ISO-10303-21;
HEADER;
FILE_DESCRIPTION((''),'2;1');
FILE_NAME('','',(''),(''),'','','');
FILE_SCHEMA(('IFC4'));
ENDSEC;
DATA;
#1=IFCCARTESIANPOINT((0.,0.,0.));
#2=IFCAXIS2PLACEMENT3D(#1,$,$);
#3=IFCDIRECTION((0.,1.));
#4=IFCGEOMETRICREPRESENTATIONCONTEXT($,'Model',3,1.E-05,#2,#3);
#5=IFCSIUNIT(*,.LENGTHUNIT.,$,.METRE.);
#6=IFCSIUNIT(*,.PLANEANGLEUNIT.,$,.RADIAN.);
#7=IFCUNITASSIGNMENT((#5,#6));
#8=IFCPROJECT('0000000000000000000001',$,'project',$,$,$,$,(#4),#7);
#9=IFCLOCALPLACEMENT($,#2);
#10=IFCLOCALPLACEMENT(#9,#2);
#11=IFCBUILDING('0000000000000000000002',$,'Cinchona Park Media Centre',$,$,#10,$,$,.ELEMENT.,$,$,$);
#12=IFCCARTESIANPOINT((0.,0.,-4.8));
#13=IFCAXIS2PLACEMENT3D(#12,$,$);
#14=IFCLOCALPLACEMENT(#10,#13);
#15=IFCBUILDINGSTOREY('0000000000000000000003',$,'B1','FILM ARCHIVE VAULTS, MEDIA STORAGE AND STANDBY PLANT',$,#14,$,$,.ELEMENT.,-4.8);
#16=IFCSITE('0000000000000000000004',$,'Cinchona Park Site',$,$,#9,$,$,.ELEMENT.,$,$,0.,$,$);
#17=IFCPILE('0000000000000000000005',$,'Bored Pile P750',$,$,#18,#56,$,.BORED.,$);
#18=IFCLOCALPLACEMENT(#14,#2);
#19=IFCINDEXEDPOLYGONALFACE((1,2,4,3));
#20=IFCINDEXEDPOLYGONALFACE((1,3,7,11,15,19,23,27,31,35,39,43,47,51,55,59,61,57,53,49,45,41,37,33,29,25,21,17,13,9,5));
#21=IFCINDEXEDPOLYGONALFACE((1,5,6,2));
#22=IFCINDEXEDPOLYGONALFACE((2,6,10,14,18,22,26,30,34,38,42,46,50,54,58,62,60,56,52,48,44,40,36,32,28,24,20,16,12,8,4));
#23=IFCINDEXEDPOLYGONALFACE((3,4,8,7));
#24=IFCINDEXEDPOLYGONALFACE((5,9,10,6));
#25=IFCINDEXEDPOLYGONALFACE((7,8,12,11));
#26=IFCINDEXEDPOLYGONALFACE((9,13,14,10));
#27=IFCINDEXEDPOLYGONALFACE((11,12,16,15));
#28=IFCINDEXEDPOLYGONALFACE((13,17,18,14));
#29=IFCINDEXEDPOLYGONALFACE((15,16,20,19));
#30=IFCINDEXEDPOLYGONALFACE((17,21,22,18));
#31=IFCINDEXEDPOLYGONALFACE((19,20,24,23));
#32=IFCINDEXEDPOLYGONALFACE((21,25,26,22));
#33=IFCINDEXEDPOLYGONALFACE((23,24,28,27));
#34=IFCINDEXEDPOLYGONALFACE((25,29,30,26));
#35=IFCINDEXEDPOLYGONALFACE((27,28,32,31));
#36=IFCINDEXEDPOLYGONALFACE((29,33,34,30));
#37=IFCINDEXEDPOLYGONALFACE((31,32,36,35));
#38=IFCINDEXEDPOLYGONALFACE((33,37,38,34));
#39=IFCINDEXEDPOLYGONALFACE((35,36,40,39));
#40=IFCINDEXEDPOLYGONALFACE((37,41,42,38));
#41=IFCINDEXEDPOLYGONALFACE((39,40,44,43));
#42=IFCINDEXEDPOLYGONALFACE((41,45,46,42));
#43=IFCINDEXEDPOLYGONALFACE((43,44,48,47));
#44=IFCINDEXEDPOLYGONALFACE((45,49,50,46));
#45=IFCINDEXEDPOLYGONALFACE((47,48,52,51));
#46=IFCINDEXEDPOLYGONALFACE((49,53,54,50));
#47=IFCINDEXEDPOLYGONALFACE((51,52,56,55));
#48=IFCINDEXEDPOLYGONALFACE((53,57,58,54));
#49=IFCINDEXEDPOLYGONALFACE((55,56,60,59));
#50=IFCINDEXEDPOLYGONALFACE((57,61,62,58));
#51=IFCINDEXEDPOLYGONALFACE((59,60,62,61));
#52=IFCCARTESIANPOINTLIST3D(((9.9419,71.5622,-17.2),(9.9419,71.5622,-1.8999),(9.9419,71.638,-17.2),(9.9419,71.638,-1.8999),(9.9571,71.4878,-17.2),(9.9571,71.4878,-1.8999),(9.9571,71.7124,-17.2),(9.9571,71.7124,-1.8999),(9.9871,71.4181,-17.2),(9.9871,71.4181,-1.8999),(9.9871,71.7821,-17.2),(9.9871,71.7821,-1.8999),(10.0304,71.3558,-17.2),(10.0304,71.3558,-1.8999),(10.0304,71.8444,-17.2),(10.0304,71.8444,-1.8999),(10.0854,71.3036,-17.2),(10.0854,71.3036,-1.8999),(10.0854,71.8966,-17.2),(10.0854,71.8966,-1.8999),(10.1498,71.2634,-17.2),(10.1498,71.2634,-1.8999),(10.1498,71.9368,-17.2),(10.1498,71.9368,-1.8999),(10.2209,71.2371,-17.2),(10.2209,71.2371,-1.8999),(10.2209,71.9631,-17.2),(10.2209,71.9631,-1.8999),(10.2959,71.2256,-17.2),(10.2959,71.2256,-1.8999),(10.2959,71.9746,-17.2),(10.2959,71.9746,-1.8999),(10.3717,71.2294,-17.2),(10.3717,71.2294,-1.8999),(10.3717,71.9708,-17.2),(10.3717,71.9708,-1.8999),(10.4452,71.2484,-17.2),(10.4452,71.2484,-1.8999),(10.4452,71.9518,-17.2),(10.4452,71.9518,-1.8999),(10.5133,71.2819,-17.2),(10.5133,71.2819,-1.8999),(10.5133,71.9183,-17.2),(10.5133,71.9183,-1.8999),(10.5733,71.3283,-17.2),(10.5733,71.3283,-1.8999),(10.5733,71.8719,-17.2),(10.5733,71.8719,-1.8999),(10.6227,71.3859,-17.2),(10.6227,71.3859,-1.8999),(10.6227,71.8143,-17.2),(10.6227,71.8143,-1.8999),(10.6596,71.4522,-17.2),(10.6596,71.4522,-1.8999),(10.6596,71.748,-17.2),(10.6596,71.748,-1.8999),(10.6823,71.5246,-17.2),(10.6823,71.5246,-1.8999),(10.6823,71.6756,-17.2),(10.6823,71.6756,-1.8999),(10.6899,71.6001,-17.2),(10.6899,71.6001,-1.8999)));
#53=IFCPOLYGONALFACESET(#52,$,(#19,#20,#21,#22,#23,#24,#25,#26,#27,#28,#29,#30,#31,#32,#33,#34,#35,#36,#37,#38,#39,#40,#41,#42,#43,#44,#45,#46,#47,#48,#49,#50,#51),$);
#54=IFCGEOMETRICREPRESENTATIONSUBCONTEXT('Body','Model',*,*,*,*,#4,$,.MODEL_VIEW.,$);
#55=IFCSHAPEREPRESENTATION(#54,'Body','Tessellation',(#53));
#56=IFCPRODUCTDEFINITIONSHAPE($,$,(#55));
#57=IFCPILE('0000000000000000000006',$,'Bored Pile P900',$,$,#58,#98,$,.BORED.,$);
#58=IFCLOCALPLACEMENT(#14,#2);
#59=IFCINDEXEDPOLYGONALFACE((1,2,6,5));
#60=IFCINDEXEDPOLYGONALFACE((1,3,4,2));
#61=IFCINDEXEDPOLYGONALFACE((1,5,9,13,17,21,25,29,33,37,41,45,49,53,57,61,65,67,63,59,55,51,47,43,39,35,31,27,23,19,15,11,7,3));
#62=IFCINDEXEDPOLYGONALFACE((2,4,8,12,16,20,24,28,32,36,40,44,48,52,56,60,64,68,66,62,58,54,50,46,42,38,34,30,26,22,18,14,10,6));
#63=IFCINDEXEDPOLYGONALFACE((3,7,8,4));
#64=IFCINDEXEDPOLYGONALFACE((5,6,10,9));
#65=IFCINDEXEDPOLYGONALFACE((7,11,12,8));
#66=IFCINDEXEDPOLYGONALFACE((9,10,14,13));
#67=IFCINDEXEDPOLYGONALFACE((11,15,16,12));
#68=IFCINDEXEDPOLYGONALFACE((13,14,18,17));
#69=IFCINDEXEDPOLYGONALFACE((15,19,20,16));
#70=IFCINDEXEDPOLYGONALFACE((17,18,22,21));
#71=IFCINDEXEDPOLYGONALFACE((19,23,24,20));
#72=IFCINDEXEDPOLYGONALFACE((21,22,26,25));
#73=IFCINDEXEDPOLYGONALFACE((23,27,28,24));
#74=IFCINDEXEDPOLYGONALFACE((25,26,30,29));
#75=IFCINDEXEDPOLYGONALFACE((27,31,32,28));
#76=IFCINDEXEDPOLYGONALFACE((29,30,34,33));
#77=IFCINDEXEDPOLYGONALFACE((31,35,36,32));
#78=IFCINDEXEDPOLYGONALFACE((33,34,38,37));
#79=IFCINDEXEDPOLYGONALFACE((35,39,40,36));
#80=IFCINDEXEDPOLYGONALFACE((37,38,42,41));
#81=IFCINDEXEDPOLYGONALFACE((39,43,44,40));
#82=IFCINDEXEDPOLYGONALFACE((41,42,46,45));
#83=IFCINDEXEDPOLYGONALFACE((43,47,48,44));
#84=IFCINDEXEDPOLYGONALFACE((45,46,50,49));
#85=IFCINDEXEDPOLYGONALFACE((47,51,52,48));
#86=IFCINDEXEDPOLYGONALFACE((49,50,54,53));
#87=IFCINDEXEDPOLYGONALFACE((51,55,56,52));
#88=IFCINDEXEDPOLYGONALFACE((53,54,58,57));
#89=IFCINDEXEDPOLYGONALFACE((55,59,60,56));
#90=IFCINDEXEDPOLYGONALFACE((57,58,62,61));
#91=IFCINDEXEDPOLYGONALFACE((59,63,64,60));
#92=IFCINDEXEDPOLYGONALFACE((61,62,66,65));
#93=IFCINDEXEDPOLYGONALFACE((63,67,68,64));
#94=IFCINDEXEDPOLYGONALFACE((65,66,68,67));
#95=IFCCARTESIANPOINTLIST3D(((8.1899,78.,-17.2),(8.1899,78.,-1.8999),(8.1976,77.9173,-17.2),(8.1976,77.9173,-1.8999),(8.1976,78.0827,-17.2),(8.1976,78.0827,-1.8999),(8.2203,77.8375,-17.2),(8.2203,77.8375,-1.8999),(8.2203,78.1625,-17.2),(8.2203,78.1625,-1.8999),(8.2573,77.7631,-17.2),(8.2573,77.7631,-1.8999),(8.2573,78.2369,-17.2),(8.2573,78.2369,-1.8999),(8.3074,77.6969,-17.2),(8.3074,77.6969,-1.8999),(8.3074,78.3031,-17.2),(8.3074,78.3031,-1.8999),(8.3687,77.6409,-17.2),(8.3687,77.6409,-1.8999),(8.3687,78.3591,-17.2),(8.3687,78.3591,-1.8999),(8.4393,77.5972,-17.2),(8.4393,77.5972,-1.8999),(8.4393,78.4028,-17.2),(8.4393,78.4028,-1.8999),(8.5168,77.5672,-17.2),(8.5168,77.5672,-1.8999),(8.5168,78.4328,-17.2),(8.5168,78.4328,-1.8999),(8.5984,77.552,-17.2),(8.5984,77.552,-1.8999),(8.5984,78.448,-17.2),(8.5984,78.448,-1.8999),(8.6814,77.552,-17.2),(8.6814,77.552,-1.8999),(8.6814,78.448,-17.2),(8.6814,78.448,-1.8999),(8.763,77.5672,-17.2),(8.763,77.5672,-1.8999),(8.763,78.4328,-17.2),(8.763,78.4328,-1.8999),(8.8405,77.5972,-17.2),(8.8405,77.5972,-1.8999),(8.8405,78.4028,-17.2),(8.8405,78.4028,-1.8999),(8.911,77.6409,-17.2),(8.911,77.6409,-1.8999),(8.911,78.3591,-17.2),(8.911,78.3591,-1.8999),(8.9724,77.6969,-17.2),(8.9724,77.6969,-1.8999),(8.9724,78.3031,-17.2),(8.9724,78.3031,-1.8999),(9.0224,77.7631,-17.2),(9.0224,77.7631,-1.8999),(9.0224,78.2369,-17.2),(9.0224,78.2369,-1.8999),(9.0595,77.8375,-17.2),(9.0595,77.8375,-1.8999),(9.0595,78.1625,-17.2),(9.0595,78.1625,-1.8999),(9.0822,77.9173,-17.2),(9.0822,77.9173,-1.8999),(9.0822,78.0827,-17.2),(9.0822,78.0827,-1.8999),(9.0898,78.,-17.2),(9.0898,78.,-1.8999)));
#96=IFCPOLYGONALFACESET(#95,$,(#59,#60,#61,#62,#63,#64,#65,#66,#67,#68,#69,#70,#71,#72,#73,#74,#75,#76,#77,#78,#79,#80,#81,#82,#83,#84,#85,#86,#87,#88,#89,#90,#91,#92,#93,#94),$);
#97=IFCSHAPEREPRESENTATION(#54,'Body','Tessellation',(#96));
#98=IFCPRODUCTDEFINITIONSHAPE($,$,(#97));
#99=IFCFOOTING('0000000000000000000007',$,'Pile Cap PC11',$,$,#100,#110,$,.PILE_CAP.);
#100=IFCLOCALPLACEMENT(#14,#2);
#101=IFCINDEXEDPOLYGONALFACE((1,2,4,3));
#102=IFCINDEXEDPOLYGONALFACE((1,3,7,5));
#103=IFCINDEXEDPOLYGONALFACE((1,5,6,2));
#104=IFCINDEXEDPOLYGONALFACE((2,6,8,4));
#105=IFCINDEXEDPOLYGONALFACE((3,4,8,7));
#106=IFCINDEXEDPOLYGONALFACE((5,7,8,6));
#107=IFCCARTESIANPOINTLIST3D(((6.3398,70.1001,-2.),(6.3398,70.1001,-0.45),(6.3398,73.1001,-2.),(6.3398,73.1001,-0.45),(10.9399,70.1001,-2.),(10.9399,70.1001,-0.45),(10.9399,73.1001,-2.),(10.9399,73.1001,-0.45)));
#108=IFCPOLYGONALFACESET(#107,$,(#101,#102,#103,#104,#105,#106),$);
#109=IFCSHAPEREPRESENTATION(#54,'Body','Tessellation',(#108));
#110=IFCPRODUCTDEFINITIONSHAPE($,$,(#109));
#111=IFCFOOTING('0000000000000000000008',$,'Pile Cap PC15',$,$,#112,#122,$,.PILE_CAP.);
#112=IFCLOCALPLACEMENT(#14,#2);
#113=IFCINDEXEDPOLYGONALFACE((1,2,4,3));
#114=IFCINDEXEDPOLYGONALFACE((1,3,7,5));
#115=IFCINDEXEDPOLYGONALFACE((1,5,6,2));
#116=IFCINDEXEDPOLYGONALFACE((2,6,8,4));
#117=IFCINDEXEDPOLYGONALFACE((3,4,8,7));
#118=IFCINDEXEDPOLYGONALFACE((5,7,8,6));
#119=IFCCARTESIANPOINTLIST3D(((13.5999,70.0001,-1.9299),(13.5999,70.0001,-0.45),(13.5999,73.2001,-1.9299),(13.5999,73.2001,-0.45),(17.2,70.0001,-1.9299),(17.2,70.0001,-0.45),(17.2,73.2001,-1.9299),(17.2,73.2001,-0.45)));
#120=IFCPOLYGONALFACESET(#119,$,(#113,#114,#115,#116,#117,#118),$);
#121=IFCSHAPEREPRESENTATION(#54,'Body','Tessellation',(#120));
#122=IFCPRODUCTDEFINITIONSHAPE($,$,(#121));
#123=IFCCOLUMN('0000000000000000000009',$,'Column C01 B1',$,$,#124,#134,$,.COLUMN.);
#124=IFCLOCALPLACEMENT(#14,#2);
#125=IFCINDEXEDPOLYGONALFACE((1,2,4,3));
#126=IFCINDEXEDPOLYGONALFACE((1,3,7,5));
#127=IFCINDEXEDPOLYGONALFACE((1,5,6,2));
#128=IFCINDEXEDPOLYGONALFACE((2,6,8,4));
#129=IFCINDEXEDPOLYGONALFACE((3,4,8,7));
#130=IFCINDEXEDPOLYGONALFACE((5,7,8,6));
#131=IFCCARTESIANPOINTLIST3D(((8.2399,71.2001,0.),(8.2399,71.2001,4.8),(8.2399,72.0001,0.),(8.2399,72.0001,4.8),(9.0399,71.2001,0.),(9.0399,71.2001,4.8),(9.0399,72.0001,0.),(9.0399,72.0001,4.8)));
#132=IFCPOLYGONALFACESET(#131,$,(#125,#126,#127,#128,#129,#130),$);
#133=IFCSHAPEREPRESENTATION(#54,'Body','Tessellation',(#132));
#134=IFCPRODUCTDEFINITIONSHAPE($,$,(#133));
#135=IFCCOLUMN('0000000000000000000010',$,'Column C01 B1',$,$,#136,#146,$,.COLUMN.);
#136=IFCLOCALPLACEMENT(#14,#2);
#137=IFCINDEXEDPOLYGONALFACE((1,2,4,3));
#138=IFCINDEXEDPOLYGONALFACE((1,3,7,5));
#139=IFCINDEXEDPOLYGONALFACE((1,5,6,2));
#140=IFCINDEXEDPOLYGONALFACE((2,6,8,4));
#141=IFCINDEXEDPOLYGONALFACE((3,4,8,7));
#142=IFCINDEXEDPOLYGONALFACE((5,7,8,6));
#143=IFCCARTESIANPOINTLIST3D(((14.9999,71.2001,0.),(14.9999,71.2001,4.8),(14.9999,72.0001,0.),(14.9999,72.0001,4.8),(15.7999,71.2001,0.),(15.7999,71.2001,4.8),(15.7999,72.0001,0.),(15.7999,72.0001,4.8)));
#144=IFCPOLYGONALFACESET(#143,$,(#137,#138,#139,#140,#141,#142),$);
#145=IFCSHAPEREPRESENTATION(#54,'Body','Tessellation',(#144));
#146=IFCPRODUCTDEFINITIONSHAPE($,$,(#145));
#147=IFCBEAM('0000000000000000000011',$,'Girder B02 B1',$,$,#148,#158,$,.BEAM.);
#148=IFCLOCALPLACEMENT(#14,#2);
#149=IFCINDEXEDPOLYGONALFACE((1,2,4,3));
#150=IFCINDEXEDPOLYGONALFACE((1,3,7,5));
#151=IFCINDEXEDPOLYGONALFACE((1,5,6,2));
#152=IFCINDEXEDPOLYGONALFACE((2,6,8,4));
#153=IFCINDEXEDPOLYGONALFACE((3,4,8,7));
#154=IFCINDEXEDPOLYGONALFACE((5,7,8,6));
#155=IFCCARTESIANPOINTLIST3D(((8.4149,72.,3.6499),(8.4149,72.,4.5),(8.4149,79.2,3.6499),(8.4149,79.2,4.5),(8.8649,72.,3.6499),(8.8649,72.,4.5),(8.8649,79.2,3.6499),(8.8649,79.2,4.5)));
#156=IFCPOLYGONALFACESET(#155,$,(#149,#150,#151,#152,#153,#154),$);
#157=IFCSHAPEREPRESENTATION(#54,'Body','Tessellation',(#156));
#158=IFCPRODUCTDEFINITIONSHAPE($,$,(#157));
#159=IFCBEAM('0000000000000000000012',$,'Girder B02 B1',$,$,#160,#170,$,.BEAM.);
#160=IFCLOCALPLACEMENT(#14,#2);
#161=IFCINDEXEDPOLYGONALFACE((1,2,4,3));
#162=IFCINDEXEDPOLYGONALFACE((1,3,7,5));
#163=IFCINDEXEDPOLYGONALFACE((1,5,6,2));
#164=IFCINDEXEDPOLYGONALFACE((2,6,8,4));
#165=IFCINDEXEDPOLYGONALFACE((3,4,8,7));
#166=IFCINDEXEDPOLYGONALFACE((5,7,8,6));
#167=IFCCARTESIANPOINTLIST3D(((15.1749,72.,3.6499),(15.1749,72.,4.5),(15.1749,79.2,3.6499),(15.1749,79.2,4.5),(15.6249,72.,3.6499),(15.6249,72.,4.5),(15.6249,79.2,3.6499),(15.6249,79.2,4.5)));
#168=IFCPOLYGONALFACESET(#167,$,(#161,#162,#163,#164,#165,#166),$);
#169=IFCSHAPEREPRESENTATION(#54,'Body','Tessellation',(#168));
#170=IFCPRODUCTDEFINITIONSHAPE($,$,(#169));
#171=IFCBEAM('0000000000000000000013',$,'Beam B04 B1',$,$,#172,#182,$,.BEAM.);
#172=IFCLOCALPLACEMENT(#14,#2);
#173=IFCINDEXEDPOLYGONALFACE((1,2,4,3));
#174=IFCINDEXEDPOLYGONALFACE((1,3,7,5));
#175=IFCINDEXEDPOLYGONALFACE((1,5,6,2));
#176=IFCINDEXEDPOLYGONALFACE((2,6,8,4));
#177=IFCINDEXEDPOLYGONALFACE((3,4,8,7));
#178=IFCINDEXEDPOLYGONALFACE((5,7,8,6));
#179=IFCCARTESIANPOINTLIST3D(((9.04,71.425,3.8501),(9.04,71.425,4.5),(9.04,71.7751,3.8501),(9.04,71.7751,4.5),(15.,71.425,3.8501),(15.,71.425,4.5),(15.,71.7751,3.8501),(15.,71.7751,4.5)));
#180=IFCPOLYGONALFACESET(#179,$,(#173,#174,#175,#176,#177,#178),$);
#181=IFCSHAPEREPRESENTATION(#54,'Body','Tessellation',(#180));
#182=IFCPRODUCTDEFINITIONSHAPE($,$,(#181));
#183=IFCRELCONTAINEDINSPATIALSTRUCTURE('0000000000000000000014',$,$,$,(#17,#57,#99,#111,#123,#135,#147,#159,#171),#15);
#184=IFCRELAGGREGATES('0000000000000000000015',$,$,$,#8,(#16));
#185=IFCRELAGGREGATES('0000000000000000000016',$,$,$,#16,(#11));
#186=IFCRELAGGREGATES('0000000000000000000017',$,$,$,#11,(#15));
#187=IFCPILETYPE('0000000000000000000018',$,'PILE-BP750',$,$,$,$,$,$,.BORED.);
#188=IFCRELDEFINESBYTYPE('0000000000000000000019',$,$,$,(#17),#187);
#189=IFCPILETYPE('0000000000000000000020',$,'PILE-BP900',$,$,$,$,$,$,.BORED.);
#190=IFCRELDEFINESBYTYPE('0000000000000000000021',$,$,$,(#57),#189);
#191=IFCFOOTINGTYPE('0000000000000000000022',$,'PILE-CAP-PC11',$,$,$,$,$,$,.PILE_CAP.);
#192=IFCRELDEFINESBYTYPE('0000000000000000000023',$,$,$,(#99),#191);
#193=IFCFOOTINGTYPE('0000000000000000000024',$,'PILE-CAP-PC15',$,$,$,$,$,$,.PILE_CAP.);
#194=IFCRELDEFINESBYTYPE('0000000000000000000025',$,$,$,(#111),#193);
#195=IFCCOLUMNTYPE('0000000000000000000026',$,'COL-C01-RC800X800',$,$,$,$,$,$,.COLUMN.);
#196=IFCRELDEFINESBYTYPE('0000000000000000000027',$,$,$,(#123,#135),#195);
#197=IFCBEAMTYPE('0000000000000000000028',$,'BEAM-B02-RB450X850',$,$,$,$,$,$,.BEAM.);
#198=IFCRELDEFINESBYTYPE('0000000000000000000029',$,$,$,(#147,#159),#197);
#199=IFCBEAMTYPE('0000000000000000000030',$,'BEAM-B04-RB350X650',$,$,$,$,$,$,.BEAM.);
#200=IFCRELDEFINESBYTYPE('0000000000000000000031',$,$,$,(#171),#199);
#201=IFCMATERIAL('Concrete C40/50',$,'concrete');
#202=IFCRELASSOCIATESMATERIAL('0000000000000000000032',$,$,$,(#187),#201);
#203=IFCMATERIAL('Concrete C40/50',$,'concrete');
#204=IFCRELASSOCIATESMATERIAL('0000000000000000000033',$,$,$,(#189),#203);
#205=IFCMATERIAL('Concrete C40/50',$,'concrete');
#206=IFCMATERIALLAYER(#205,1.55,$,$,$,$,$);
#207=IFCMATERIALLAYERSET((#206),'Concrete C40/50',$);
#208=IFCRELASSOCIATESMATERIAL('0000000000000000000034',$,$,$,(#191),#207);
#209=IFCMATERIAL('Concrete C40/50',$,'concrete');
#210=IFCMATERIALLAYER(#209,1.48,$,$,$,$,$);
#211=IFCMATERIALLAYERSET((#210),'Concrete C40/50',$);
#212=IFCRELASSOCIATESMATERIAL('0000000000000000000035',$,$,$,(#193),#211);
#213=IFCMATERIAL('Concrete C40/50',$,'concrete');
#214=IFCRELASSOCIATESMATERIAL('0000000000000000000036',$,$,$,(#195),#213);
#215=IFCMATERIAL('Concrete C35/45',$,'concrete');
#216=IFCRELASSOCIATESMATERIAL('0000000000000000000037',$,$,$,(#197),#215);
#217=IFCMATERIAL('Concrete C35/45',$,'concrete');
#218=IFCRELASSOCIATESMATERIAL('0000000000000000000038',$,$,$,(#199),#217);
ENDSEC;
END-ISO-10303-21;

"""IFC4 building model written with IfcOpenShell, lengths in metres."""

from ifc_helpers import new_model, si_unit, direction, frame, origin, origin_2d, place, context, subcontext, project, spatial, rectangle, circle, extrude, material, layer, layer_set, material_profile, profile_set, type_object, element, save


model = new_model("IFC4")

# Units and contexts
model_context = context("Model", 3, precision=1e-05, world=origin(), true_north=direction((0.0, 1.0)))
body_context = subcontext(model_context, "Body", "Model", "MODEL_VIEW")
ifc_project = project(units=[si_unit("LENGTHUNIT", "METRE"), si_unit("PLANEANGLEUNIT", "RADIAN")], contexts=[model_context])

# Site, building, storey
site_placement = place(None, origin())
site = spatial("IfcSite", under=ifc_project, at=site_placement, Name="Cinchona Park Site", CompositionType="ELEMENT", RefElevation=0.0)
building_placement = place(site_placement, origin())
building = spatial("IfcBuilding", under=site, at=building_placement, Name="Cinchona Park Media Centre", CompositionType="ELEMENT")
storey_placement = place(building_placement, frame((0.0, 0.0, -4.8)))
storey = spatial("IfcBuildingStorey", under=building, at=storey_placement, Name="B1", Description="FILM ARCHIVE VAULTS, MEDIA STORAGE AND STANDBY PLANT", CompositionType="ELEMENT", Elevation=-4.8)

# Piles
ifc_material_1 = material(Name="Concrete C40/50", Category="concrete")
ifc_material_profile_1 = material_profile(ifc_material_1, circle(Radius=0.375, at=origin_2d()), Name="BORED PILE 750")
ifc_profile_set_1 = profile_set([ifc_material_profile_1], Name="Concrete C40/50")
pile_type_1 = type_object("IfcPileType", Name="PILE-BP750", PredefinedType="BORED", material=ifc_profile_set_1)
for number, where, z_axis, x_axis, name in (
    (1, (10.3149, 71.6001, -1.8999), (0.0, 0.0, -1.0), (1.0, 0.0, 0.0), "Bored Pile P750"),
):
    element("IfcPile", number, at=place(storey_placement, frame(where, z_axis=z_axis, x_axis=x_axis)), inside=storey, type_object=pile_type_1, Name=name, PredefinedType="BORED", context=body_context, shape_type="SweptSolid", body=[
        extrude(circle(Radius=0.375, at=origin_2d()), origin(), (0.0, 0.0, 1.0), 15.3),
    ])
ifc_material_2 = material(Name="Concrete C40/50", Category="concrete")
ifc_material_profile_2 = material_profile(ifc_material_2, circle(Radius=0.45, at=origin_2d()), Name="BORED PILE 900")
ifc_profile_set_2 = profile_set([ifc_material_profile_2], Name="Concrete C40/50")
pile_type_2 = type_object("IfcPileType", Name="PILE-BP900", PredefinedType="BORED", material=ifc_profile_set_2)
pile_placement = place(storey_placement, frame((8.6399, 78.0, -1.8999), z_axis=(0.0, 0.0, -1.0), x_axis=(1.0, 0.0, 0.0)))
element("IfcPile", 2, at=pile_placement, inside=storey, type_object=pile_type_2, Name="Bored Pile P900", PredefinedType="BORED", context=body_context, shape_type="SweptSolid", body=[
    extrude(circle(Radius=0.45, at=origin_2d()), origin(), (0.0, 0.0, 1.0), 15.3),
])

# Footings
ifc_material_3 = material(Name="Concrete C40/50", Category="concrete")
ifc_layer_1 = layer(ifc_material_3, 1.55)
ifc_layer_set_1 = layer_set([ifc_layer_1], Name="Concrete C40/50")
footing_type_1 = type_object("IfcFootingType", Name="PILE-CAP-PC11", PredefinedType="PILE_CAP", material=ifc_layer_set_1)
footing_1_placement = place(storey_placement, frame((8.6399, 71.6001, -2.0), z_axis=(0.0, 0.0, 1.0), x_axis=(1.0, 0.0, 0.0)))
element("IfcFooting", 3, at=footing_1_placement, inside=storey, type_object=footing_type_1, Name="Pile Cap PC11", PredefinedType="PILE_CAP", context=body_context, shape_type="SweptSolid", body=[
    extrude(rectangle(XDim=4.6001, YDim=3.0, at=origin_2d()), origin(), (0.0, 0.0, 1.0), 1.55),
])
ifc_material_4 = material(Name="Concrete C40/50", Category="concrete")
ifc_layer_2 = layer(ifc_material_4, 1.48)
ifc_layer_set_2 = layer_set([ifc_layer_2], Name="Concrete C40/50")
footing_type_2 = type_object("IfcFootingType", Name="PILE-CAP-PC15", PredefinedType="PILE_CAP", material=ifc_layer_set_2)
footing_2_placement = place(storey_placement, frame((15.3999, 71.6001, -1.9299), z_axis=(0.0, 0.0, 1.0), x_axis=(1.0, 0.0, 0.0)))
element("IfcFooting", 4, at=footing_2_placement, inside=storey, type_object=footing_type_2, Name="Pile Cap PC15", PredefinedType="PILE_CAP", context=body_context, shape_type="SweptSolid", body=[
    extrude(rectangle(XDim=3.6001, YDim=3.2, at=origin_2d()), origin(), (0.0, 0.0, 1.0), 1.48),
])

# Columns
ifc_material_5 = material(Name="Concrete C40/50", Category="concrete")
ifc_material_profile_3 = material_profile(ifc_material_5, rectangle(XDim=0.8, YDim=0.8, at=origin_2d()), Name="RC 800X800")
ifc_profile_set_3 = profile_set([ifc_material_profile_3], Name="Concrete C40/50")
column_type = type_object("IfcColumnType", Name="COL-C01-RC800X800", PredefinedType="COLUMN", material=ifc_profile_set_3)
for number, where, z_axis, x_axis, name in (
    (5, (8.6399, 71.6001, 0.0), (0.0, 0.0, 1.0), (1.0, 0.0, 0.0), "Column C01 B1"),
    (6, (15.3999, 71.6001, 0.0), (0.0, 0.0, 1.0), (1.0, 0.0, 0.0), "Column C01 B1"),
):
    element("IfcColumn", number, at=place(storey_placement, frame(where, z_axis=z_axis, x_axis=x_axis)), inside=storey, type_object=column_type, Name=name, PredefinedType="COLUMN", context=body_context, shape_type="SweptSolid", body=[
        extrude(rectangle(XDim=0.8, YDim=0.8, at=origin_2d()), origin(), (0.0, 0.0, 1.0), 4.8),
    ])

# Beams
ifc_material_6 = material(Name="Concrete C35/45", Category="concrete")
ifc_material_profile_4 = material_profile(ifc_material_6, rectangle(XDim=0.45, YDim=0.8501, at=origin_2d()), Name="RB 450X850")
ifc_profile_set_4 = profile_set([ifc_material_profile_4], Name="Concrete C35/45")
beam_type_1 = type_object("IfcBeamType", Name="BEAM-B02-RB450X850", PredefinedType="BEAM", material=ifc_profile_set_4)
for number, where, z_axis, x_axis, name in (
    (7, (8.6399, 72.0, 4.075), (0.0, 1.0, 0.0), (-1.0, 0.0, 0.0), "Girder B02 B1"),
    (8, (15.3999, 72.0, 4.075), (0.0, 1.0, 0.0), (-1.0, 0.0, 0.0), "Girder B02 B1"),
):
    element("IfcBeam", number, at=place(storey_placement, frame(where, z_axis=z_axis, x_axis=x_axis)), inside=storey, type_object=beam_type_1, Name=name, PredefinedType="BEAM", context=body_context, shape_type="SweptSolid", body=[
        extrude(rectangle(XDim=0.45, YDim=0.8501, at=origin_2d()), origin(), (0.0, 0.0, 1.0), 7.2),
    ])
ifc_material_7 = material(Name="Concrete C35/45", Category="concrete")
ifc_material_profile_5 = material_profile(ifc_material_7, rectangle(XDim=0.3501, YDim=0.6499, at=origin_2d()), Name="RB 350X650")
ifc_profile_set_5 = profile_set([ifc_material_profile_5], Name="Concrete C35/45")
beam_type_2 = type_object("IfcBeamType", Name="BEAM-B04-RB350X650", PredefinedType="BEAM", material=ifc_profile_set_5)
beam_1_placement = place(storey_placement, frame((9.04, 71.6001, 4.175), z_axis=(1.0, 0.0, 0.0), x_axis=(0.0, 1.0, 0.0)))
element("IfcBeam", 9, at=beam_1_placement, inside=storey, type_object=beam_type_2, Name="Beam B04 B1", PredefinedType="BEAM", context=body_context, shape_type="SweptSolid", body=[
    extrude(rectangle(XDim=0.3501, YDim=0.6499, at=origin_2d()), origin(), (0.0, 0.0, 1.0), 5.96),
])

save(model, "model.ifc")
